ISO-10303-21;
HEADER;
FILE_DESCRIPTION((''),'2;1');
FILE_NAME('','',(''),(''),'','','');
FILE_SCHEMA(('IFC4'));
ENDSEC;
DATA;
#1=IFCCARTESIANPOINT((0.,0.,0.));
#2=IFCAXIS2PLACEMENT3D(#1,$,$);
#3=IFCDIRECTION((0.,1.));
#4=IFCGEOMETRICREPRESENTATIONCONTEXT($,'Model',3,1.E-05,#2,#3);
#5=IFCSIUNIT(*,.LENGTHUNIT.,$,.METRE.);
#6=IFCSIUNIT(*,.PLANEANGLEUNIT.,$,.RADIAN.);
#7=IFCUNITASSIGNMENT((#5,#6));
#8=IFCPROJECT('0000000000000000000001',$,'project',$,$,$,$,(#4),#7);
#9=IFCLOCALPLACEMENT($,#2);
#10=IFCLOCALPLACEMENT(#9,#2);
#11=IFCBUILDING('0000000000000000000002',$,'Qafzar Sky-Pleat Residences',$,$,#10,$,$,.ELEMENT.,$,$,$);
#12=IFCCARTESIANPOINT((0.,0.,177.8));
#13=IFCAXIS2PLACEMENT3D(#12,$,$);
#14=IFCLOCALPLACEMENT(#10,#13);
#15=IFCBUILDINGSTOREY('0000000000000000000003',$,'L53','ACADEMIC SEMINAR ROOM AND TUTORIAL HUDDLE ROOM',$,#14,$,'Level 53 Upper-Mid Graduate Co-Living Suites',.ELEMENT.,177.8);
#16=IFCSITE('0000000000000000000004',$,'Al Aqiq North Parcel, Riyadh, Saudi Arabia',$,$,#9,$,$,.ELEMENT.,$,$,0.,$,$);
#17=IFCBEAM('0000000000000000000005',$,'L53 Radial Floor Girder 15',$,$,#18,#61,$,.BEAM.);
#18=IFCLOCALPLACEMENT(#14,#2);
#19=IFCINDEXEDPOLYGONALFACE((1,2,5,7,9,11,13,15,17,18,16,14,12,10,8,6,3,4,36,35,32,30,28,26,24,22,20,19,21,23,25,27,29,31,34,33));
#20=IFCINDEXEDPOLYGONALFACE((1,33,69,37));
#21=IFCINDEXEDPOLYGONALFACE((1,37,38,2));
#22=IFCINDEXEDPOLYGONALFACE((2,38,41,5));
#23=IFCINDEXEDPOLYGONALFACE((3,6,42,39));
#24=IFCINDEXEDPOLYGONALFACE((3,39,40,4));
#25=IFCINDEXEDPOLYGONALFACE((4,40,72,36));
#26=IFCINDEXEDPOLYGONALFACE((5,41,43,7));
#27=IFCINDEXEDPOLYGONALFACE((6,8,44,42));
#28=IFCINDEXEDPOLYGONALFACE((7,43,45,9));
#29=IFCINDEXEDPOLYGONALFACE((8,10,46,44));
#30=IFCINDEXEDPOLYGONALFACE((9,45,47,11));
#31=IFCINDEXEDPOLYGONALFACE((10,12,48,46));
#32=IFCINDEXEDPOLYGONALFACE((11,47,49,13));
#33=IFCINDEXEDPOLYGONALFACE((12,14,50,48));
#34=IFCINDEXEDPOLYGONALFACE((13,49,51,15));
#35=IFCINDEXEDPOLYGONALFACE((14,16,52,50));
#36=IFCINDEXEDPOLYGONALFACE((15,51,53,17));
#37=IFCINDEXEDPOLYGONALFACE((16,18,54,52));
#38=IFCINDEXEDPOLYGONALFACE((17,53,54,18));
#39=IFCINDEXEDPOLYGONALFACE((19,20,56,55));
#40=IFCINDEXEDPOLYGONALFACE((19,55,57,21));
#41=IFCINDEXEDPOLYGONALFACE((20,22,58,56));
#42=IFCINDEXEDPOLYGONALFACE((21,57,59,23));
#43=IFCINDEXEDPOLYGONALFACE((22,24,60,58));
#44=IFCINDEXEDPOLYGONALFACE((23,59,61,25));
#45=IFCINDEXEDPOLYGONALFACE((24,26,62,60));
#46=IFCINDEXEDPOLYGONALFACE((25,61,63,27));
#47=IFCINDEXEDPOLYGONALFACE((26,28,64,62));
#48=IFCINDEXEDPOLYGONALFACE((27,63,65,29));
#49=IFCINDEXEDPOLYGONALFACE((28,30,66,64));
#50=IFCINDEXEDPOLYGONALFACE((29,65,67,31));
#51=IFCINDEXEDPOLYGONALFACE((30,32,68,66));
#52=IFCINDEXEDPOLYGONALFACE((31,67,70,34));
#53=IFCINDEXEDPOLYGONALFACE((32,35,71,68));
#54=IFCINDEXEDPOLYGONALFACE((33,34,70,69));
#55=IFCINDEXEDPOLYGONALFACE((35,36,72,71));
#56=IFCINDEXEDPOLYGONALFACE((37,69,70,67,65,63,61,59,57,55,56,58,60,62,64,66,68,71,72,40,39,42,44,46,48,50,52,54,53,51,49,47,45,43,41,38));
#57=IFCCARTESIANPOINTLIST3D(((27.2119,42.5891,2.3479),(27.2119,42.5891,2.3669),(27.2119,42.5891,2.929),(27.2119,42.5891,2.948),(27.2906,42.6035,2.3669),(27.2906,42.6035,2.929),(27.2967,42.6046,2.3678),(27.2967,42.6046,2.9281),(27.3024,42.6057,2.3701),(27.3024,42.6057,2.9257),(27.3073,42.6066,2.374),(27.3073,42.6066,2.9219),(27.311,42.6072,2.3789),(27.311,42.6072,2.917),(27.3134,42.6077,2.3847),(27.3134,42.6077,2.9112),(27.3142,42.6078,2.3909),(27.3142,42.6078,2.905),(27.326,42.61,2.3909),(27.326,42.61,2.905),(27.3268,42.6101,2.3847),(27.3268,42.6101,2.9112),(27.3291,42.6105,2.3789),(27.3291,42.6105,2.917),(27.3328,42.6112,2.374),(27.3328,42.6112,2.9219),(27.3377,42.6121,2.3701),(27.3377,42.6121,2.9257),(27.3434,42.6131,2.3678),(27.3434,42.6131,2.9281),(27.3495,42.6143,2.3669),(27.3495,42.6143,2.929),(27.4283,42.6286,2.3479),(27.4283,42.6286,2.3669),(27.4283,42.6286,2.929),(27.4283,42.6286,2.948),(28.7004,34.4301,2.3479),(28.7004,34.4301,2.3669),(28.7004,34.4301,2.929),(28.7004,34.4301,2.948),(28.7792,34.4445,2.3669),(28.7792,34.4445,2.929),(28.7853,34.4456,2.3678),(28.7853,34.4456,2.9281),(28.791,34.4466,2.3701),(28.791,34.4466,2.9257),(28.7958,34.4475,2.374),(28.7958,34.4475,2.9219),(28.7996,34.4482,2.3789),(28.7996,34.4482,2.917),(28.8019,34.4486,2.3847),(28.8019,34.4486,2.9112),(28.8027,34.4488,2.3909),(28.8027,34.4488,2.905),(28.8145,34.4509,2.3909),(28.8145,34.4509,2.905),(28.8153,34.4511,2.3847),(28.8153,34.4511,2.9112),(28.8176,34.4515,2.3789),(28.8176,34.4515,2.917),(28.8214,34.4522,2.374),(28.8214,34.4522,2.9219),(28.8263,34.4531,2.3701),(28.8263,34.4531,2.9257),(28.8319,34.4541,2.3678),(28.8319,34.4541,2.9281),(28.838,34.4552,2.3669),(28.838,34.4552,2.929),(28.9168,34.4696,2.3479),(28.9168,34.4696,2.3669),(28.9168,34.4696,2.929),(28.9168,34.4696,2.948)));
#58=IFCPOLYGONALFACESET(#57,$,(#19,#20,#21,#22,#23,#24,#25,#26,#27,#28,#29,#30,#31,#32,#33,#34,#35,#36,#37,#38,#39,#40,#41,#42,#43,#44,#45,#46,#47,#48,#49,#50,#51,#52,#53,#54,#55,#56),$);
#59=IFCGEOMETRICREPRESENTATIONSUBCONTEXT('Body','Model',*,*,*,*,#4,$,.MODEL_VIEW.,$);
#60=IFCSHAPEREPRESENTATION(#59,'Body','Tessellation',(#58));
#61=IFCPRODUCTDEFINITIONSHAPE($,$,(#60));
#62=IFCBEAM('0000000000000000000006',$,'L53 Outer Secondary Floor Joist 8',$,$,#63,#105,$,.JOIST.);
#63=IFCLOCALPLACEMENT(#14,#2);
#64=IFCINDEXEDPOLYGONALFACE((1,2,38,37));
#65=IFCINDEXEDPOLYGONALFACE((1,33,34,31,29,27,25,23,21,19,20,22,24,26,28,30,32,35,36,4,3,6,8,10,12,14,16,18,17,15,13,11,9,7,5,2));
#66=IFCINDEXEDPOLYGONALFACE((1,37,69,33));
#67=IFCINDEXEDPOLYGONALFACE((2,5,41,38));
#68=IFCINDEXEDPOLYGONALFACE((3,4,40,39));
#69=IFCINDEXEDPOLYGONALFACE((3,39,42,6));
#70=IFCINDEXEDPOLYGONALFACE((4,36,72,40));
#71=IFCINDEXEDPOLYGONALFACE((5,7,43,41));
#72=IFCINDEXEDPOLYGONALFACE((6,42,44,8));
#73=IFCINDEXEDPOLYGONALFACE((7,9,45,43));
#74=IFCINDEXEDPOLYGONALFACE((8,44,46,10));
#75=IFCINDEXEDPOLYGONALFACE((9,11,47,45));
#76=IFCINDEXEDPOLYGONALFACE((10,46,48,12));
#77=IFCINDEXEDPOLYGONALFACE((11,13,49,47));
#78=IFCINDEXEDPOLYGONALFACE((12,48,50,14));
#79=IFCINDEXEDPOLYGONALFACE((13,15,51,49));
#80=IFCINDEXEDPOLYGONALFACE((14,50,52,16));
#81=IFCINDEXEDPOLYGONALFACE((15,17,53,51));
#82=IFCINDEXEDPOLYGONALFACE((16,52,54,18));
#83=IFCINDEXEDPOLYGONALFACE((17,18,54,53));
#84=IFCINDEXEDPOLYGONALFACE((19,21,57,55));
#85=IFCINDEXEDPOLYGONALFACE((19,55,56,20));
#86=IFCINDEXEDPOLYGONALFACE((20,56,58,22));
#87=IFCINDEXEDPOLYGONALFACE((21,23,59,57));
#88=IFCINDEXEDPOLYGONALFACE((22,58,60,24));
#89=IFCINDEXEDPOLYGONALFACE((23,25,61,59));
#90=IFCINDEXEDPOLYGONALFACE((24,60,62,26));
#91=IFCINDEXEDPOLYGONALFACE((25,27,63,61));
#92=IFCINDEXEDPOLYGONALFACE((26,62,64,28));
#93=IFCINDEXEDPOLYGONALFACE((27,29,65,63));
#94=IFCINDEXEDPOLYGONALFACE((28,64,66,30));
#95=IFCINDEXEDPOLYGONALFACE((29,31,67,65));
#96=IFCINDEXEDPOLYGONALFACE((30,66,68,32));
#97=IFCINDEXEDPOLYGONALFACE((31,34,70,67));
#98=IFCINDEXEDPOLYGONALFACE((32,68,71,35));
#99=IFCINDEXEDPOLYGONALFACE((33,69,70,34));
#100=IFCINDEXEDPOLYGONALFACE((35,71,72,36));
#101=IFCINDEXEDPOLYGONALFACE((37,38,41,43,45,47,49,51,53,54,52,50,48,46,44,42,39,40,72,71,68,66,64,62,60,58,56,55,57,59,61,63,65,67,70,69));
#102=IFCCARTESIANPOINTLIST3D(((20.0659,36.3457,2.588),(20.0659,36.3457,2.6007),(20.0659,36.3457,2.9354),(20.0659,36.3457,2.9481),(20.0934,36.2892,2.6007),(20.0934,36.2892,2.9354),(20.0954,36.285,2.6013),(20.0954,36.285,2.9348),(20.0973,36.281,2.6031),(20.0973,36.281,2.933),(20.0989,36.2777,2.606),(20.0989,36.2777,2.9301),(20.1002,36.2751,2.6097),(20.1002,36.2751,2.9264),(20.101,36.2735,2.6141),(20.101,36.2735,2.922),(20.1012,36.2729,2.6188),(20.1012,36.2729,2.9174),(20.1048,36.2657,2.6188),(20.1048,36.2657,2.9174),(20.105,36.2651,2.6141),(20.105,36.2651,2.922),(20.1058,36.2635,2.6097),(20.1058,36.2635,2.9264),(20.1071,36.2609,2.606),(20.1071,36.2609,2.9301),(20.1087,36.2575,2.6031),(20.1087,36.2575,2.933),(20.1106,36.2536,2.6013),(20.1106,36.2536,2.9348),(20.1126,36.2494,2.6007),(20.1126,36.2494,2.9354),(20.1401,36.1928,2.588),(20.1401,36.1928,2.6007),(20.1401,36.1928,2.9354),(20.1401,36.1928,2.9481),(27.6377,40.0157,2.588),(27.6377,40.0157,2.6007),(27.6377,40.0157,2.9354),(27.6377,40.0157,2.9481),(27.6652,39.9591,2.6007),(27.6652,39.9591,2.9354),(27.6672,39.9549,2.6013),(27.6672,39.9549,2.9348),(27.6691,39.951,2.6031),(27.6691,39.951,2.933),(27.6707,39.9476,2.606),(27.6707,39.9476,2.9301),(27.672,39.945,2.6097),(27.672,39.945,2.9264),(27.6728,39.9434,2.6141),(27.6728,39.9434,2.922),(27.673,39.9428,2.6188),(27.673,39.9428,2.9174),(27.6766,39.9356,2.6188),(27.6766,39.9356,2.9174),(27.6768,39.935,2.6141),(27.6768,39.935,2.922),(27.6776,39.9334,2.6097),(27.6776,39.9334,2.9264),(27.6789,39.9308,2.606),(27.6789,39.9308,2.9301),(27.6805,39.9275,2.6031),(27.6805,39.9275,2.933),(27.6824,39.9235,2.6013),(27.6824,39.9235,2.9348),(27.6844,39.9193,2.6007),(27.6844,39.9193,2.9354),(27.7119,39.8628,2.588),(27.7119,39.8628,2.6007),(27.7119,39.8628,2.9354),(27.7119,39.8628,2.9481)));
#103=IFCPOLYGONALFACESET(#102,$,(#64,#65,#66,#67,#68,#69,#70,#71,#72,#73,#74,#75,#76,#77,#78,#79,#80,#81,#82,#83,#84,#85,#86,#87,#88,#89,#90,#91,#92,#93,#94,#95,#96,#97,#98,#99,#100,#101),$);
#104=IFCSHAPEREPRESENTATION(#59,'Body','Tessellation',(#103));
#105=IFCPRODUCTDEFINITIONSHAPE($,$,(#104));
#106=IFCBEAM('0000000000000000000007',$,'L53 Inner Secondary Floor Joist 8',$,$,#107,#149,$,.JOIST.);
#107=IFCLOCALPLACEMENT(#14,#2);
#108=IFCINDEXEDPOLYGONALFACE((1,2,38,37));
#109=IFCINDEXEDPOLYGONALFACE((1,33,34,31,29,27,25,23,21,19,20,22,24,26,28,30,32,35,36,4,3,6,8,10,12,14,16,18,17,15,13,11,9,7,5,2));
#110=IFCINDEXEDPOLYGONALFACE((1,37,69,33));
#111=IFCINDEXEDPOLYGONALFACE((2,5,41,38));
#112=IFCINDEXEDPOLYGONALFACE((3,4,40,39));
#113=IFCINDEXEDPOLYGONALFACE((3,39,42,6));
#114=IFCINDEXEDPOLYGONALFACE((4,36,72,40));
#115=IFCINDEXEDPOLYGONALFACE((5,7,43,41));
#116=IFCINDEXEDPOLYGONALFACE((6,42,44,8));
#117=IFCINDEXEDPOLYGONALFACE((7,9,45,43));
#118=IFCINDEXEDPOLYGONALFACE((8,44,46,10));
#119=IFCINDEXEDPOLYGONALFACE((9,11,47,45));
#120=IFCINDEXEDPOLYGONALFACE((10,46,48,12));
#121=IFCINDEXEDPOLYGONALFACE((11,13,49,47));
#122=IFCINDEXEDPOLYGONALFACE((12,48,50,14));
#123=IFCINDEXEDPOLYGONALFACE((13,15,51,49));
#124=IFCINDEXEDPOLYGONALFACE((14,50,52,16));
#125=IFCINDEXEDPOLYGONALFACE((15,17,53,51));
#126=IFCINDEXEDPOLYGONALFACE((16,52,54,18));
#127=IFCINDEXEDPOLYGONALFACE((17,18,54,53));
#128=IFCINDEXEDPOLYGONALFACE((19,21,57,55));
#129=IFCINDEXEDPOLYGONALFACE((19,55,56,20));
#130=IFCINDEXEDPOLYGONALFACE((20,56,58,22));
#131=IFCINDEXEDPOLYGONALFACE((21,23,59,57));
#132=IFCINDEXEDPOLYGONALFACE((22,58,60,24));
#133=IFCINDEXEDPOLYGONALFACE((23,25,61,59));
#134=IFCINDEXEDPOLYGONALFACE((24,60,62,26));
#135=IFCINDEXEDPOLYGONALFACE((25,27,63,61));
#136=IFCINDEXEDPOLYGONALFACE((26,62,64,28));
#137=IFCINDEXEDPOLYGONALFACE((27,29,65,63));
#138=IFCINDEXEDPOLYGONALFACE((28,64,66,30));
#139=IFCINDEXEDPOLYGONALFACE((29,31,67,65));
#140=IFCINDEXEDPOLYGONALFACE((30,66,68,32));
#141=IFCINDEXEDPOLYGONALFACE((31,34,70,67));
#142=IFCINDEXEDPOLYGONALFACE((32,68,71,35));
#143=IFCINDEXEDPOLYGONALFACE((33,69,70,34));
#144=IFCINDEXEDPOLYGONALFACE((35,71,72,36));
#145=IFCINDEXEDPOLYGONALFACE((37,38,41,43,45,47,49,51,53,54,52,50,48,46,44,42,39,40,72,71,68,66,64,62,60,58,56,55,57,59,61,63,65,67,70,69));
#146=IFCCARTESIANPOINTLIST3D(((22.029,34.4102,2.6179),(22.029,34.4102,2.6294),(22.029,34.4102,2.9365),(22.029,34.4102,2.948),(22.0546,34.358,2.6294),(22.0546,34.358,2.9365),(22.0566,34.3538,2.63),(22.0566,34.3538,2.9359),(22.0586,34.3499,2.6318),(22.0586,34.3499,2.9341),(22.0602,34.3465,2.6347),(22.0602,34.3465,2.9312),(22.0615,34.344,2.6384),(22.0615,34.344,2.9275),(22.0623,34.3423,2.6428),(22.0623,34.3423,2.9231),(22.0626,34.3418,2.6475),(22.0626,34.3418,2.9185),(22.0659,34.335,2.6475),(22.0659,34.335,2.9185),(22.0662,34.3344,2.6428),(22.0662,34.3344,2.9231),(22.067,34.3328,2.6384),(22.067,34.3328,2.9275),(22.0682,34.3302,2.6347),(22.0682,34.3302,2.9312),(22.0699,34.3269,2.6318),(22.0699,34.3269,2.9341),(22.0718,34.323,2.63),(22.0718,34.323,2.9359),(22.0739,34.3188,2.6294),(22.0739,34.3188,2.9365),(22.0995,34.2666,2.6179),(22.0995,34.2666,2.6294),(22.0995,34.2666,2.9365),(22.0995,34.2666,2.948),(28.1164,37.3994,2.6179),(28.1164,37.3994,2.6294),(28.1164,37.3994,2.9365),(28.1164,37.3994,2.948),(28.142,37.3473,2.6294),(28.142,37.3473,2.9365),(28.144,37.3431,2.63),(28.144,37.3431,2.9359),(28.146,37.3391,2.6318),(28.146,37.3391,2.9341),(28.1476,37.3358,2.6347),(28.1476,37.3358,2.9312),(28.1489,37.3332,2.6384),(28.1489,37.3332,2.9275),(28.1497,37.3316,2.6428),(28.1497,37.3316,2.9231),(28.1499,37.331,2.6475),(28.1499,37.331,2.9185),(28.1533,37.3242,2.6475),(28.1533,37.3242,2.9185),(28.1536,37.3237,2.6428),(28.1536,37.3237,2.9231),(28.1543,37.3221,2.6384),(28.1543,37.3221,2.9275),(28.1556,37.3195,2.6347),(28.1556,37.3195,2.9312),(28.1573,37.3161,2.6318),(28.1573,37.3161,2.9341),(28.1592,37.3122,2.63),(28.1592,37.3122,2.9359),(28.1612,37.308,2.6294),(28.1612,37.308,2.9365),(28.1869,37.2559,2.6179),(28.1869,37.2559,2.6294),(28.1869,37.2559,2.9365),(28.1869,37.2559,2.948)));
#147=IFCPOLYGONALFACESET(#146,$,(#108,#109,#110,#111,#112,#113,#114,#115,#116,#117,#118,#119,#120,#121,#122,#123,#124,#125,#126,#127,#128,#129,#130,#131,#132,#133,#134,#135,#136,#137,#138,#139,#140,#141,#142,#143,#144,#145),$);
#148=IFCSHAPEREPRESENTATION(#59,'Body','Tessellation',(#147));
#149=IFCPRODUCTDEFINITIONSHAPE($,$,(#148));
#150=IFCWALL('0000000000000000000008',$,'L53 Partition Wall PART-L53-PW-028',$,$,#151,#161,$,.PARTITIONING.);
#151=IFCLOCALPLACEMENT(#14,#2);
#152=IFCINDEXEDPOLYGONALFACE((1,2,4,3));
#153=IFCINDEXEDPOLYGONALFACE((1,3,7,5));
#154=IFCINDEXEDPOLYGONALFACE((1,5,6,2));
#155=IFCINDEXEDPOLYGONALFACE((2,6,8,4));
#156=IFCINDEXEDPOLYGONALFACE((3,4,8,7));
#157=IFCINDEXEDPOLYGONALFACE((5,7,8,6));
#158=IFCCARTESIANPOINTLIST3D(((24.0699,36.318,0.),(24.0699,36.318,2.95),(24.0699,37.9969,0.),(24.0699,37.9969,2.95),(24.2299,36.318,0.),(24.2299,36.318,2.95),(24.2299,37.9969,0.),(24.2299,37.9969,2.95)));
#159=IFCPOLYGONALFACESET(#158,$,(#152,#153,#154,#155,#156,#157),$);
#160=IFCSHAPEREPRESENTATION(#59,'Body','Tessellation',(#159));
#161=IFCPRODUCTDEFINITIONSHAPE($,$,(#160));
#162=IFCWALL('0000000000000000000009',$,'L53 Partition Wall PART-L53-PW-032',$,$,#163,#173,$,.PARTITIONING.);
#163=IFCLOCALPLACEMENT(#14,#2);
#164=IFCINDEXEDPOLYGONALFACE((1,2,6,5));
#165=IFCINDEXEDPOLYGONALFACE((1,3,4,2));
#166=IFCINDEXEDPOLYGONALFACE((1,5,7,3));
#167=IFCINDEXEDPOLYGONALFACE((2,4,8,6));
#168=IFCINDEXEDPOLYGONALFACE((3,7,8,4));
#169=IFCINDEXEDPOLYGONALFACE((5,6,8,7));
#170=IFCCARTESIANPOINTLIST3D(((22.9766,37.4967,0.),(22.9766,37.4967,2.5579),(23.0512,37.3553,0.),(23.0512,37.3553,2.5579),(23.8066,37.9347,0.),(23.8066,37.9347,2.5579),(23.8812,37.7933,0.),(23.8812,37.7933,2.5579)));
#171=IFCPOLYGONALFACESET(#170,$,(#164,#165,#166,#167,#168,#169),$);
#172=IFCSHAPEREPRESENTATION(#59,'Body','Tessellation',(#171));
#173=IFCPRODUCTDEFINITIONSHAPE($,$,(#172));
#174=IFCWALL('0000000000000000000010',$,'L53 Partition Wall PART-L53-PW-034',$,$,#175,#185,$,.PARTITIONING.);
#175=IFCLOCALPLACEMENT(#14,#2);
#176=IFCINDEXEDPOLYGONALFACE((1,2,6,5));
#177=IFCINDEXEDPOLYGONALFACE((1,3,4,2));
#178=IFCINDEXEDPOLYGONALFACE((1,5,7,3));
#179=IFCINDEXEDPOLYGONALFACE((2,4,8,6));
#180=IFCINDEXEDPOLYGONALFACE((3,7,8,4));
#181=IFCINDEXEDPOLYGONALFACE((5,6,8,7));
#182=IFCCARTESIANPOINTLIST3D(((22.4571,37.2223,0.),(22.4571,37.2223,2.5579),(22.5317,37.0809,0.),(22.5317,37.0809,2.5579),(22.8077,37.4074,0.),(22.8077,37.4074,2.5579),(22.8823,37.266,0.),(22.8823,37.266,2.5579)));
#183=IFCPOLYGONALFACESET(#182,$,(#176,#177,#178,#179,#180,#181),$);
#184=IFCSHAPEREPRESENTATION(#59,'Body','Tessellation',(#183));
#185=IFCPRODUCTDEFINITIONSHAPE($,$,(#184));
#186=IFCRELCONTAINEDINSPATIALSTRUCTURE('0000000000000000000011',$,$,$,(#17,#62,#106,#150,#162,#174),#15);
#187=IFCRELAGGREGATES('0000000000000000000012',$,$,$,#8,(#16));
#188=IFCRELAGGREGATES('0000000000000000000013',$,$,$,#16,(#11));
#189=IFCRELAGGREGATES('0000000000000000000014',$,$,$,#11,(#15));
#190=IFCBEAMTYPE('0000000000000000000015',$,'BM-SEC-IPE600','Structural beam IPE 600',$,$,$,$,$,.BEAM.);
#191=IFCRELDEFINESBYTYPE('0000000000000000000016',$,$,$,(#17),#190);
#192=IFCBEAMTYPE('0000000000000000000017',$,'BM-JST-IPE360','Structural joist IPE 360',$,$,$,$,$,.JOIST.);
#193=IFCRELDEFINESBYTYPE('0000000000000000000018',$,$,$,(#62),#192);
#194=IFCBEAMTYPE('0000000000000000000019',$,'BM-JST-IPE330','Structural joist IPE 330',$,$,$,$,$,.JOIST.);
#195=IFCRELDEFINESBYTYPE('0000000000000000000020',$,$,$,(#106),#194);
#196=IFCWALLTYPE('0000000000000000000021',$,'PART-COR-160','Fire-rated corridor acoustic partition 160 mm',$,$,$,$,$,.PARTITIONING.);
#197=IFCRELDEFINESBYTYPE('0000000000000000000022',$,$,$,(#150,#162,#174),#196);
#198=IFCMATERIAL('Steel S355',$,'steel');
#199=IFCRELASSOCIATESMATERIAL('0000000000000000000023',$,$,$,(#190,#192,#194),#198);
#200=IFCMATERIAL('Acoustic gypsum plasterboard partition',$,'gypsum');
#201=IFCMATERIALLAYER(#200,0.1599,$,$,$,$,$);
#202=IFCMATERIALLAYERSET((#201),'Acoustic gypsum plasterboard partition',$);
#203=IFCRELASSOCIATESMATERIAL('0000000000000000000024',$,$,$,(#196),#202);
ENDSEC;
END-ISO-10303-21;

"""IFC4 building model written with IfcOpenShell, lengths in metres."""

from ifc_helpers import new_model, si_unit, direction, frame, frame_2d, origin, origin_2d, place, context, subcontext, project, spatial, rectangle, i_section, extrude, source, transform, mapped, material, layer, layer_set, material_profile, profile_set, type_object, element, save


model = new_model("IFC4")

# Units and contexts
model_context = context("Model", 3, precision=1e-05, world=origin(), true_north=direction((0.0, 1.0)))
body_context = subcontext(model_context, "Body", "Model", "MODEL_VIEW")
ifc_project = project(units=[si_unit("LENGTHUNIT", "METRE"), si_unit("PLANEANGLEUNIT", "RADIAN")], contexts=[model_context])

# Site, building, storey
site_placement = place(None, origin())
site = spatial("IfcSite", under=ifc_project, at=site_placement, Name="Al Aqiq North Parcel, Riyadh, Saudi Arabia", CompositionType="ELEMENT", RefElevation=0.0)
building_placement = place(site_placement, origin())
building = spatial("IfcBuilding", under=site, at=building_placement, Name="Qafzar Sky-Pleat Residences", CompositionType="ELEMENT")
storey_placement = place(building_placement, frame((0.0, 0.0, 177.8)))
storey = spatial("IfcBuildingStorey", under=building, at=storey_placement, Name="L53", Description="ACADEMIC SEMINAR ROOM AND TUTORIAL HUDDLE ROOM", LongName="Level 53 Upper-Mid Graduate Co-Living Suites", CompositionType="ELEMENT", Elevation=177.8)

# Shared definitions
ifc_material_1 = material(Name="Steel S355", Category="steel")

# Beams
ifc_material_profile_1 = material_profile(ifc_material_1, i_section(OverallWidth=0.22, OverallDepth=0.6001, WebThickness=0.012, FlangeThickness=0.019, FilletRadius=0.0239, at=origin_2d()), Name="IPE 600")
ifc_profile_set_1 = profile_set([ifc_material_profile_1], Name="Steel S355")
beam_type_1 = type_object("IfcBeamType", Name="BM-SEC-IPE600", Description="Structural beam IPE 600", PredefinedType="BEAM", material=ifc_profile_set_1)
shared_shape_1 = source(origin(), body_context, "Body", "SweptSolid", [
    extrude(i_section(OverallWidth=0.22, OverallDepth=0.6001, WebThickness=0.012, FlangeThickness=0.019, FilletRadius=0.0239, at=origin_2d()), origin(), (0.0, 0.0, 1.0), 8.2937),
])
beam_1_placement = place(storey_placement, frame((27.3201, 42.6089, 2.6479), z_axis=(0.179479, -0.983762, 0.0), x_axis=(0.983762, 0.179479, 0.0)))
element("IfcBeam", 1, at=beam_1_placement, inside=storey, type_object=beam_type_1, Name="L53 Radial Floor Girder 15", PredefinedType="BEAM", context=body_context, shape_type="MappedRepresentation", body=[
    mapped(shared_shape_1, transform((0.0, 0.0, 0.0), x_axis=(1.0, 0.0, 0.0), y_axis=(0.0, 1.0, 0.0), z_axis=(0.0, 0.0, 1.0), scale=1.0)),
])
ifc_material_profile_2 = material_profile(ifc_material_1, i_section(OverallWidth=0.1699, OverallDepth=0.3601, WebThickness=0.0081, FlangeThickness=0.0127, FilletRadius=0.0181, at=origin_2d()), Name="IPE 360")
ifc_profile_set_2 = profile_set([ifc_material_profile_2], Name="Steel S355")
beam_type_2 = type_object("IfcBeamType", Name="BM-JST-IPE360", Description="Structural joist IPE 360", PredefinedType="JOIST", material=ifc_profile_set_2)
shared_shape_2 = source(origin(), body_context, "Body", "SweptSolid", [
    extrude(i_section(OverallWidth=0.1699, OverallDepth=0.3601, WebThickness=0.0081, FlangeThickness=0.0127, FilletRadius=0.0181, at=origin_2d()), origin(), (0.0, 0.0, 1.0), 8.4143),
])
beam_2_placement = place(storey_placement, frame((27.6748, 39.9392, 2.7681), z_axis=(-0.899872, -0.436154, 0.0), x_axis=(0.436154, -0.899872, 0.0)))
element("IfcBeam", 2, at=beam_2_placement, inside=storey, type_object=beam_type_2, Name="L53 Outer Secondary Floor Joist 8", PredefinedType="JOIST", context=body_context, shape_type="MappedRepresentation", body=[
    mapped(shared_shape_2, transform((0.0, 0.0, 0.0), x_axis=(1.0, 0.0, 0.0), y_axis=(0.0, 1.0, 0.0), z_axis=(0.0, 0.0, 1.0), scale=1.0)),
])
ifc_material_profile_3 = material_profile(ifc_material_1, i_section(OverallWidth=0.1599, OverallDepth=0.3301, WebThickness=0.0076, FlangeThickness=0.0115, FilletRadius=0.0181, at=origin_2d()), Name="IPE 330")
ifc_profile_set_3 = profile_set([ifc_material_profile_3], Name="Steel S355")
beam_type_3 = type_object("IfcBeamType", Name="BM-JST-IPE330", Description="Structural joist IPE 330", PredefinedType="JOIST", material=ifc_profile_set_3)
shared_shape_3 = source(origin(), body_context, "Body", "SweptSolid", [
    extrude(i_section(OverallWidth=0.1599, OverallDepth=0.3301, WebThickness=0.0076, FlangeThickness=0.0115, FilletRadius=0.0181, at=origin_2d()), origin(), (0.0, 0.0, 1.0), 6.7817),
])
beam_3_placement = place(storey_placement, frame((28.1516, 37.3276, 2.783), z_axis=(-0.897615, -0.44078, 0.0), x_axis=(0.44078, -0.897615, 0.0)))
element("IfcBeam", 3, at=beam_3_placement, inside=storey, type_object=beam_type_3, Name="L53 Inner Secondary Floor Joist 8", PredefinedType="JOIST", context=body_context, shape_type="MappedRepresentation", body=[
    mapped(shared_shape_3, transform((0.0, 0.0, 0.0), x_axis=(1.0, 0.0, 0.0), y_axis=(0.0, 1.0, 0.0), z_axis=(0.0, 0.0, 1.0), scale=1.0)),
])

# Walls
ifc_material_2 = material(Name="Acoustic gypsum plasterboard partition", Category="gypsum")
ifc_layer_1 = layer(ifc_material_2, 0.1599)
ifc_layer_set_1 = layer_set([ifc_layer_1], Name="Acoustic gypsum plasterboard partition")
wall_type_1 = type_object("IfcWallType", Name="PART-COR-160", Description="Fire-rated corridor acoustic partition 160 mm", PredefinedType="PARTITIONING", material=ifc_layer_set_1)
wall_1_placement = place(storey_placement, frame((24.1499, 36.3181, 0.0), z_axis=(0.0, 0.0, 1.0), x_axis=(0.0, 1.0, 0.0)))
element("IfcWall", 4, at=wall_1_placement, inside=storey, type_object=wall_type_1, Name="L53 Partition Wall PART-L53-PW-028", PredefinedType="PARTITIONING", context=body_context, shape_type="SweptSolid", body=[
    extrude(rectangle(XDim=1.679, YDim=0.1599, at=frame_2d((0.8394, 0.0))), origin(), (0.0, 0.0, 1.0), 2.95),
])
wall_2_placement = place(storey_placement, frame((23.0139, 37.426, 0.0), z_axis=(0.0, 0.0, 1.0), x_axis=(0.884432, 0.466668, 0.0)))
element("IfcWall", 5, at=wall_2_placement, inside=storey, type_object=wall_type_1, Name="L53 Partition Wall PART-L53-PW-032", PredefinedType="PARTITIONING", context=body_context, shape_type="SweptSolid", body=[
    extrude(rectangle(XDim=0.9385, YDim=0.1599, at=frame_2d((0.4692, 0.0))), origin(), (0.0, 0.0, 1.0), 2.5579),
])
wall_3_placement = place(storey_placement, frame((22.4944, 37.1516, 0.0), z_axis=(0.0, 0.0, 1.0), x_axis=(0.884357, 0.466812, 0.0)))
element("IfcWall", 6, at=wall_3_placement, inside=storey, type_object=wall_type_1, Name="L53 Partition Wall PART-L53-PW-034", PredefinedType="PARTITIONING", context=body_context, shape_type="SweptSolid", body=[
    extrude(rectangle(XDim=0.3965, YDim=0.1599, at=frame_2d((0.1982, 0.0))), origin(), (0.0, 0.0, 1.0), 2.5579),
])

save(model, "model.ifc")
